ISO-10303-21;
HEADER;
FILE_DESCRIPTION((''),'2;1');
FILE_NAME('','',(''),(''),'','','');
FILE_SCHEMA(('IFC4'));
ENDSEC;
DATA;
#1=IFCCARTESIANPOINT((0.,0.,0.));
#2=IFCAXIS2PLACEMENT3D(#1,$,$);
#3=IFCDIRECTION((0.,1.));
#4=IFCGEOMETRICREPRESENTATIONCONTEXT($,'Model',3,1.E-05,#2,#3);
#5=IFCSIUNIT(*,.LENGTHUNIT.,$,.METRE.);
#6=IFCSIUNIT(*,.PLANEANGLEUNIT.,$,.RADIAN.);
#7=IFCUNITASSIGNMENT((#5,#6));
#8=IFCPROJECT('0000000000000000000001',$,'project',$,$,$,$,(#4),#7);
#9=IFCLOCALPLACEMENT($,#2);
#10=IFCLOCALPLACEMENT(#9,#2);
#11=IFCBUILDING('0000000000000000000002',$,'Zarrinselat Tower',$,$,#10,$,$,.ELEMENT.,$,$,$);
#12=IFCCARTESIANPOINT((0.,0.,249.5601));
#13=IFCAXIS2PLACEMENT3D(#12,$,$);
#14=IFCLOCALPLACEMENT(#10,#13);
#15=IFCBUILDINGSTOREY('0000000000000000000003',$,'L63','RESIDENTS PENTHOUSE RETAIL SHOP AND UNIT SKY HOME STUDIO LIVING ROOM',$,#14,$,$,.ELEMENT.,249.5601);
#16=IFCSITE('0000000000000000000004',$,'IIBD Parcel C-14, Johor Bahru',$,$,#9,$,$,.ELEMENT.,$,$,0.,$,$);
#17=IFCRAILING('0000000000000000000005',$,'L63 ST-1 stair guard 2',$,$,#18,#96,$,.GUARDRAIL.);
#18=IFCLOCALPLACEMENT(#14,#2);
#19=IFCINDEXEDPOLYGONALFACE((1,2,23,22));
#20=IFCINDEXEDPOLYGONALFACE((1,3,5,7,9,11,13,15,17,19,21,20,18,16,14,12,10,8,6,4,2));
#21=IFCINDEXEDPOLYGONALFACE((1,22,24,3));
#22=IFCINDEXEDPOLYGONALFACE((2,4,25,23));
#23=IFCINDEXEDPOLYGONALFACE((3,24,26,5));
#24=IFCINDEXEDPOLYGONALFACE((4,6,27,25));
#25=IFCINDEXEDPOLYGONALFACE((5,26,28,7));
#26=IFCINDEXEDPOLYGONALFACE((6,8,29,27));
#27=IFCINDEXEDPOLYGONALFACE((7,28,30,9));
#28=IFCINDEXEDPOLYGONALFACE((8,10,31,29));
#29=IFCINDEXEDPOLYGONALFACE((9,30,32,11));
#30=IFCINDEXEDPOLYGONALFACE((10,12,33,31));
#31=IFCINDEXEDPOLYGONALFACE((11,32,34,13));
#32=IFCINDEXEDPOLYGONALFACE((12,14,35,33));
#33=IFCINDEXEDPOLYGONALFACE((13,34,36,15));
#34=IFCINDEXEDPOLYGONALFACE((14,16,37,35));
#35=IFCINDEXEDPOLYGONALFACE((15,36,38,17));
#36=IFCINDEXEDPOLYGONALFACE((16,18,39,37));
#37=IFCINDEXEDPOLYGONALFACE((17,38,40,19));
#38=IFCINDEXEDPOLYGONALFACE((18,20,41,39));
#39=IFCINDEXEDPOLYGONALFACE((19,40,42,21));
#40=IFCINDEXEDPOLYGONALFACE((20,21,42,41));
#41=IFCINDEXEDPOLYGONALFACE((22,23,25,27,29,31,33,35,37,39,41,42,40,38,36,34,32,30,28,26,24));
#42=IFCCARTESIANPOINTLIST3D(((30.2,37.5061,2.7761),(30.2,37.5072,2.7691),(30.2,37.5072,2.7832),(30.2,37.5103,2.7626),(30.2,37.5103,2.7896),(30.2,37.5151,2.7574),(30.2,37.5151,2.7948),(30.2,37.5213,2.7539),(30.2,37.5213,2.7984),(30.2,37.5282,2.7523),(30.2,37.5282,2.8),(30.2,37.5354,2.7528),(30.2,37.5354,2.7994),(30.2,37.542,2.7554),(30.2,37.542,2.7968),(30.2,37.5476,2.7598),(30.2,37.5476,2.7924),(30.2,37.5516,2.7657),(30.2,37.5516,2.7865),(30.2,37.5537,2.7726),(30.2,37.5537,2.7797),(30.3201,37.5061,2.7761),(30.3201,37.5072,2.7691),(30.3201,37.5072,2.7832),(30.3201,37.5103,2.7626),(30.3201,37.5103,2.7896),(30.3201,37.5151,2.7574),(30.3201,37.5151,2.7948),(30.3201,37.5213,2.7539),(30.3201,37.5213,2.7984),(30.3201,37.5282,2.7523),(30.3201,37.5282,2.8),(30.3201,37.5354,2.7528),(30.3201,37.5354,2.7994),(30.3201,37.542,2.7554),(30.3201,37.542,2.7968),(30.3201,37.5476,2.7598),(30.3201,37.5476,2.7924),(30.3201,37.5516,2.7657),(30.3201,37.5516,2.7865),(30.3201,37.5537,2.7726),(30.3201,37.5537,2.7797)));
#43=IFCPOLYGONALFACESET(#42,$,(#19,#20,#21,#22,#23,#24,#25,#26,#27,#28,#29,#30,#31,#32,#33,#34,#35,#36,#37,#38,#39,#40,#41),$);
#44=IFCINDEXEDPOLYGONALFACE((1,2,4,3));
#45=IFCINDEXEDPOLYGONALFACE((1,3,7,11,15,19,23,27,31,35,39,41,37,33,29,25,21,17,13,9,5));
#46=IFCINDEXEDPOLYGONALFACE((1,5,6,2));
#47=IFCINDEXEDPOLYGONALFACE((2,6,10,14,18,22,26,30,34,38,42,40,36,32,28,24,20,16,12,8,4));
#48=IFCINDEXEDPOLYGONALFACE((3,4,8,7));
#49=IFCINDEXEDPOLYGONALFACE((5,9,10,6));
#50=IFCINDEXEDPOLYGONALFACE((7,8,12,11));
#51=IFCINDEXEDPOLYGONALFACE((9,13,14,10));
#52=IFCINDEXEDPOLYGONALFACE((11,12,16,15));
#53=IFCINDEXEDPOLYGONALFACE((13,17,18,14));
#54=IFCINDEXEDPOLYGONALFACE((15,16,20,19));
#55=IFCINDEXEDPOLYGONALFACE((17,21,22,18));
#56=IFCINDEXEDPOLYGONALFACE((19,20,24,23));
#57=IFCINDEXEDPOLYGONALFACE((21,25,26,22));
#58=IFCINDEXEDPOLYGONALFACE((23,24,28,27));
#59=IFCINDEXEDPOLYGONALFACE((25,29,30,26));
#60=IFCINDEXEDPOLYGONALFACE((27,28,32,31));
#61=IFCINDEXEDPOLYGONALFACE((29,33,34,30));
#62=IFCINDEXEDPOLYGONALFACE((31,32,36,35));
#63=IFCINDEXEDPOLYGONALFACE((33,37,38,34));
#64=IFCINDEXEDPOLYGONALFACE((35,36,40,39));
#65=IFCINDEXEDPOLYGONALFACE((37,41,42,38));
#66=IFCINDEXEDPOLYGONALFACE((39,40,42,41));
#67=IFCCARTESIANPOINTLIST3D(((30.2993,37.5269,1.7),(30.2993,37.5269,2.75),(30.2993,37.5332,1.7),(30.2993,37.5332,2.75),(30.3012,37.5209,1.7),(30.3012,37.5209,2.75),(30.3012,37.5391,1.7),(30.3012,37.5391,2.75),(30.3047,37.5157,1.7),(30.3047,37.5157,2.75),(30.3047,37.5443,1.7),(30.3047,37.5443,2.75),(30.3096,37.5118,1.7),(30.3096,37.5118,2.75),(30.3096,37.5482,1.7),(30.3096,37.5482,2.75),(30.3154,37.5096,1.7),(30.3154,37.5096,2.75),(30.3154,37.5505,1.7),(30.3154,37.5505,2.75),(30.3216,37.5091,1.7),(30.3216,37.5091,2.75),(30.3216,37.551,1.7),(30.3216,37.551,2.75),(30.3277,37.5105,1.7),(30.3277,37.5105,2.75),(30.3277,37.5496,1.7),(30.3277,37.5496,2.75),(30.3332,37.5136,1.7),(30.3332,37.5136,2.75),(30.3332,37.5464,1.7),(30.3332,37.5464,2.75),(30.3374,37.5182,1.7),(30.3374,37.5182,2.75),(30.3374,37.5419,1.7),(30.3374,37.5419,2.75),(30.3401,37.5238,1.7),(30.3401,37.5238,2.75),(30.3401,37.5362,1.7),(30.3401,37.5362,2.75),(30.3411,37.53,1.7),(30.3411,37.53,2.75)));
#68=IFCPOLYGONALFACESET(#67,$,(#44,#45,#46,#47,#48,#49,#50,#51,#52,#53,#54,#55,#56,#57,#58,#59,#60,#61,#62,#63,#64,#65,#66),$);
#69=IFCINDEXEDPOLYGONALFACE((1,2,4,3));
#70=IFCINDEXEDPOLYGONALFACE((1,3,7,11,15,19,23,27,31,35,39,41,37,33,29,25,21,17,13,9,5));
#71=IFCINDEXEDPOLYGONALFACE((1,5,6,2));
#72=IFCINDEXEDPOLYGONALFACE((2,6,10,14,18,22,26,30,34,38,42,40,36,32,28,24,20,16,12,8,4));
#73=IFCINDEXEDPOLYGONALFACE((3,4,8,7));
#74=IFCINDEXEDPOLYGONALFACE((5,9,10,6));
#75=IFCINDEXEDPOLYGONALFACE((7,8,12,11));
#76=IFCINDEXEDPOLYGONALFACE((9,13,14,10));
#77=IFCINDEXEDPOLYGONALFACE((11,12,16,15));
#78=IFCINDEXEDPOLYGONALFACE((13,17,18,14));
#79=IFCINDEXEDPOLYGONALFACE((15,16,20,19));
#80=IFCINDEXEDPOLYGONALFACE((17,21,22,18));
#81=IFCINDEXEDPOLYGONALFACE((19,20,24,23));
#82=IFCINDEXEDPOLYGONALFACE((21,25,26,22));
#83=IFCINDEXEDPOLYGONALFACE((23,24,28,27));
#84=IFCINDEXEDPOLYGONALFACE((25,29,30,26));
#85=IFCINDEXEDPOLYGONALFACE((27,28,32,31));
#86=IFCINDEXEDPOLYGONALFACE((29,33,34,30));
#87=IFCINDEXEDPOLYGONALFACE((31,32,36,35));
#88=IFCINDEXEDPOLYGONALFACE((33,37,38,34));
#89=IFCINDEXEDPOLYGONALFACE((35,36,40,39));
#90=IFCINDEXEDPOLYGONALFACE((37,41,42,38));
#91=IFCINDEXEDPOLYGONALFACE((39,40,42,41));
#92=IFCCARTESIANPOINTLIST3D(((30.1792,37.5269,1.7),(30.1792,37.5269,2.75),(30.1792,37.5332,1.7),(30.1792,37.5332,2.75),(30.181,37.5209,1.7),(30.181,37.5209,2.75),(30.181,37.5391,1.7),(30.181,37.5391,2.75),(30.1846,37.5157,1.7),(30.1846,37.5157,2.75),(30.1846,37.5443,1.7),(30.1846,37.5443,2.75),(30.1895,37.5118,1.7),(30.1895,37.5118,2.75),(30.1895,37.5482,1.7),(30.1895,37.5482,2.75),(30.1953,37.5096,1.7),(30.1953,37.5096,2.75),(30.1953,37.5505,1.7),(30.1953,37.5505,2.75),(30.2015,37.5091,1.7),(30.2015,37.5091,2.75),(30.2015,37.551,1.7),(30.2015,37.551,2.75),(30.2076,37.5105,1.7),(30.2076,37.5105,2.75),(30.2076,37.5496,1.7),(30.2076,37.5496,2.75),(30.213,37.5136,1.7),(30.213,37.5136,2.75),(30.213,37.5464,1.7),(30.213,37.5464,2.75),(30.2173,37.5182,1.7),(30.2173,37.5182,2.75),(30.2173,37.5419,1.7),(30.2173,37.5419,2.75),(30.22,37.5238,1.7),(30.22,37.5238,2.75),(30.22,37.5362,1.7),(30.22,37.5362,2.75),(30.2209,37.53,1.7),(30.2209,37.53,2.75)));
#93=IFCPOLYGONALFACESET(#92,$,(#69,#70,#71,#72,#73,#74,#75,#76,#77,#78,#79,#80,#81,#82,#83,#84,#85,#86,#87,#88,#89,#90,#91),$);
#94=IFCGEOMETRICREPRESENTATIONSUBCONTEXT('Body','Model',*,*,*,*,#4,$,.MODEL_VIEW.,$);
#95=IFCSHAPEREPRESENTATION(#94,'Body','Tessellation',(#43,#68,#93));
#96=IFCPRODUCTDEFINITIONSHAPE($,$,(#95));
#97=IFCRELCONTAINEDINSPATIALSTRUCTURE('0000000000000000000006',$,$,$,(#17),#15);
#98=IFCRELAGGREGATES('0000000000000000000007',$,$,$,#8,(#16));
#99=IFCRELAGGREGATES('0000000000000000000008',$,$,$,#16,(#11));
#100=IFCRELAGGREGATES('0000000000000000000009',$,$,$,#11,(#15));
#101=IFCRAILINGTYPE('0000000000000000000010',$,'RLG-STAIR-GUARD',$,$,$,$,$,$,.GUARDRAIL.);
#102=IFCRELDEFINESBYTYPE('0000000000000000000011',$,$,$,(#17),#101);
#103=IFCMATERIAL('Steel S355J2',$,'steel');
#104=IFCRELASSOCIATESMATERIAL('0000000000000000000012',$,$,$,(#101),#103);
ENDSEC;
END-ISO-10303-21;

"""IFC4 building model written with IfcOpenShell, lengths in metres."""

from ifc_helpers import new_model, si_unit, direction, frame, origin, origin_2d, place, context, subcontext, project, spatial, circle, extrude, material, type_object, element, save


model = new_model("IFC4")

# Units and contexts
model_context = context("Model", 3, precision=1e-05, world=origin(), true_north=direction((0.0, 1.0)))
body_context = subcontext(model_context, "Body", "Model", "MODEL_VIEW")
ifc_project = project(units=[si_unit("LENGTHUNIT", "METRE"), si_unit("PLANEANGLEUNIT", "RADIAN")], contexts=[model_context])

# Site, building, storey
site_placement = place(None, origin())
site = spatial("IfcSite", under=ifc_project, at=site_placement, Name="IIBD Parcel C-14, Johor Bahru", CompositionType="ELEMENT", RefElevation=0.0)
building_placement = place(site_placement, origin())
building = spatial("IfcBuilding", under=site, at=building_placement, Name="Zarrinselat Tower", CompositionType="ELEMENT")
storey_placement = place(building_placement, frame((0.0, 0.0, 249.5601)))
storey = spatial("IfcBuildingStorey", under=building, at=storey_placement, Name="L63", Description="RESIDENTS PENTHOUSE RETAIL SHOP AND UNIT SKY HOME STUDIO LIVING ROOM", CompositionType="ELEMENT", Elevation=249.5601)

# Railing
ifc_material_1 = material(Name="Steel S355J2", Category="steel")
railing_type_1 = type_object("IfcRailingType", Name="RLG-STAIR-GUARD", PredefinedType="GUARDRAIL", material=ifc_material_1)
railing_1_placement = place(storey_placement, frame((30.3201, 37.53, 1.7)))
element("IfcRailing", 1, at=railing_1_placement, inside=storey, type_object=railing_type_1, Name="L63 ST-1 stair guard 2", PredefinedType="GUARDRAIL", context=body_context, shape_type="SweptSolid", body=[
    extrude(circle(Radius=0.0239, at=origin_2d()), frame((0.0, 0.0, 1.0762), z_axis=(-1.0, 0.0, 0.0), x_axis=(0.0, -1.0, 0.0)), (0.0, 0.0, 1.0), 0.1201),
    extrude(circle(Radius=0.021, at=origin_2d()), origin(), (0.0, 0.0, 1.0), 1.05),
    extrude(circle(Radius=0.021, at=origin_2d()), frame((-0.1201, 0.0, 0.0)), (0.0, 0.0, 1.0), 1.05),
])

save(model, "model.ifc")
